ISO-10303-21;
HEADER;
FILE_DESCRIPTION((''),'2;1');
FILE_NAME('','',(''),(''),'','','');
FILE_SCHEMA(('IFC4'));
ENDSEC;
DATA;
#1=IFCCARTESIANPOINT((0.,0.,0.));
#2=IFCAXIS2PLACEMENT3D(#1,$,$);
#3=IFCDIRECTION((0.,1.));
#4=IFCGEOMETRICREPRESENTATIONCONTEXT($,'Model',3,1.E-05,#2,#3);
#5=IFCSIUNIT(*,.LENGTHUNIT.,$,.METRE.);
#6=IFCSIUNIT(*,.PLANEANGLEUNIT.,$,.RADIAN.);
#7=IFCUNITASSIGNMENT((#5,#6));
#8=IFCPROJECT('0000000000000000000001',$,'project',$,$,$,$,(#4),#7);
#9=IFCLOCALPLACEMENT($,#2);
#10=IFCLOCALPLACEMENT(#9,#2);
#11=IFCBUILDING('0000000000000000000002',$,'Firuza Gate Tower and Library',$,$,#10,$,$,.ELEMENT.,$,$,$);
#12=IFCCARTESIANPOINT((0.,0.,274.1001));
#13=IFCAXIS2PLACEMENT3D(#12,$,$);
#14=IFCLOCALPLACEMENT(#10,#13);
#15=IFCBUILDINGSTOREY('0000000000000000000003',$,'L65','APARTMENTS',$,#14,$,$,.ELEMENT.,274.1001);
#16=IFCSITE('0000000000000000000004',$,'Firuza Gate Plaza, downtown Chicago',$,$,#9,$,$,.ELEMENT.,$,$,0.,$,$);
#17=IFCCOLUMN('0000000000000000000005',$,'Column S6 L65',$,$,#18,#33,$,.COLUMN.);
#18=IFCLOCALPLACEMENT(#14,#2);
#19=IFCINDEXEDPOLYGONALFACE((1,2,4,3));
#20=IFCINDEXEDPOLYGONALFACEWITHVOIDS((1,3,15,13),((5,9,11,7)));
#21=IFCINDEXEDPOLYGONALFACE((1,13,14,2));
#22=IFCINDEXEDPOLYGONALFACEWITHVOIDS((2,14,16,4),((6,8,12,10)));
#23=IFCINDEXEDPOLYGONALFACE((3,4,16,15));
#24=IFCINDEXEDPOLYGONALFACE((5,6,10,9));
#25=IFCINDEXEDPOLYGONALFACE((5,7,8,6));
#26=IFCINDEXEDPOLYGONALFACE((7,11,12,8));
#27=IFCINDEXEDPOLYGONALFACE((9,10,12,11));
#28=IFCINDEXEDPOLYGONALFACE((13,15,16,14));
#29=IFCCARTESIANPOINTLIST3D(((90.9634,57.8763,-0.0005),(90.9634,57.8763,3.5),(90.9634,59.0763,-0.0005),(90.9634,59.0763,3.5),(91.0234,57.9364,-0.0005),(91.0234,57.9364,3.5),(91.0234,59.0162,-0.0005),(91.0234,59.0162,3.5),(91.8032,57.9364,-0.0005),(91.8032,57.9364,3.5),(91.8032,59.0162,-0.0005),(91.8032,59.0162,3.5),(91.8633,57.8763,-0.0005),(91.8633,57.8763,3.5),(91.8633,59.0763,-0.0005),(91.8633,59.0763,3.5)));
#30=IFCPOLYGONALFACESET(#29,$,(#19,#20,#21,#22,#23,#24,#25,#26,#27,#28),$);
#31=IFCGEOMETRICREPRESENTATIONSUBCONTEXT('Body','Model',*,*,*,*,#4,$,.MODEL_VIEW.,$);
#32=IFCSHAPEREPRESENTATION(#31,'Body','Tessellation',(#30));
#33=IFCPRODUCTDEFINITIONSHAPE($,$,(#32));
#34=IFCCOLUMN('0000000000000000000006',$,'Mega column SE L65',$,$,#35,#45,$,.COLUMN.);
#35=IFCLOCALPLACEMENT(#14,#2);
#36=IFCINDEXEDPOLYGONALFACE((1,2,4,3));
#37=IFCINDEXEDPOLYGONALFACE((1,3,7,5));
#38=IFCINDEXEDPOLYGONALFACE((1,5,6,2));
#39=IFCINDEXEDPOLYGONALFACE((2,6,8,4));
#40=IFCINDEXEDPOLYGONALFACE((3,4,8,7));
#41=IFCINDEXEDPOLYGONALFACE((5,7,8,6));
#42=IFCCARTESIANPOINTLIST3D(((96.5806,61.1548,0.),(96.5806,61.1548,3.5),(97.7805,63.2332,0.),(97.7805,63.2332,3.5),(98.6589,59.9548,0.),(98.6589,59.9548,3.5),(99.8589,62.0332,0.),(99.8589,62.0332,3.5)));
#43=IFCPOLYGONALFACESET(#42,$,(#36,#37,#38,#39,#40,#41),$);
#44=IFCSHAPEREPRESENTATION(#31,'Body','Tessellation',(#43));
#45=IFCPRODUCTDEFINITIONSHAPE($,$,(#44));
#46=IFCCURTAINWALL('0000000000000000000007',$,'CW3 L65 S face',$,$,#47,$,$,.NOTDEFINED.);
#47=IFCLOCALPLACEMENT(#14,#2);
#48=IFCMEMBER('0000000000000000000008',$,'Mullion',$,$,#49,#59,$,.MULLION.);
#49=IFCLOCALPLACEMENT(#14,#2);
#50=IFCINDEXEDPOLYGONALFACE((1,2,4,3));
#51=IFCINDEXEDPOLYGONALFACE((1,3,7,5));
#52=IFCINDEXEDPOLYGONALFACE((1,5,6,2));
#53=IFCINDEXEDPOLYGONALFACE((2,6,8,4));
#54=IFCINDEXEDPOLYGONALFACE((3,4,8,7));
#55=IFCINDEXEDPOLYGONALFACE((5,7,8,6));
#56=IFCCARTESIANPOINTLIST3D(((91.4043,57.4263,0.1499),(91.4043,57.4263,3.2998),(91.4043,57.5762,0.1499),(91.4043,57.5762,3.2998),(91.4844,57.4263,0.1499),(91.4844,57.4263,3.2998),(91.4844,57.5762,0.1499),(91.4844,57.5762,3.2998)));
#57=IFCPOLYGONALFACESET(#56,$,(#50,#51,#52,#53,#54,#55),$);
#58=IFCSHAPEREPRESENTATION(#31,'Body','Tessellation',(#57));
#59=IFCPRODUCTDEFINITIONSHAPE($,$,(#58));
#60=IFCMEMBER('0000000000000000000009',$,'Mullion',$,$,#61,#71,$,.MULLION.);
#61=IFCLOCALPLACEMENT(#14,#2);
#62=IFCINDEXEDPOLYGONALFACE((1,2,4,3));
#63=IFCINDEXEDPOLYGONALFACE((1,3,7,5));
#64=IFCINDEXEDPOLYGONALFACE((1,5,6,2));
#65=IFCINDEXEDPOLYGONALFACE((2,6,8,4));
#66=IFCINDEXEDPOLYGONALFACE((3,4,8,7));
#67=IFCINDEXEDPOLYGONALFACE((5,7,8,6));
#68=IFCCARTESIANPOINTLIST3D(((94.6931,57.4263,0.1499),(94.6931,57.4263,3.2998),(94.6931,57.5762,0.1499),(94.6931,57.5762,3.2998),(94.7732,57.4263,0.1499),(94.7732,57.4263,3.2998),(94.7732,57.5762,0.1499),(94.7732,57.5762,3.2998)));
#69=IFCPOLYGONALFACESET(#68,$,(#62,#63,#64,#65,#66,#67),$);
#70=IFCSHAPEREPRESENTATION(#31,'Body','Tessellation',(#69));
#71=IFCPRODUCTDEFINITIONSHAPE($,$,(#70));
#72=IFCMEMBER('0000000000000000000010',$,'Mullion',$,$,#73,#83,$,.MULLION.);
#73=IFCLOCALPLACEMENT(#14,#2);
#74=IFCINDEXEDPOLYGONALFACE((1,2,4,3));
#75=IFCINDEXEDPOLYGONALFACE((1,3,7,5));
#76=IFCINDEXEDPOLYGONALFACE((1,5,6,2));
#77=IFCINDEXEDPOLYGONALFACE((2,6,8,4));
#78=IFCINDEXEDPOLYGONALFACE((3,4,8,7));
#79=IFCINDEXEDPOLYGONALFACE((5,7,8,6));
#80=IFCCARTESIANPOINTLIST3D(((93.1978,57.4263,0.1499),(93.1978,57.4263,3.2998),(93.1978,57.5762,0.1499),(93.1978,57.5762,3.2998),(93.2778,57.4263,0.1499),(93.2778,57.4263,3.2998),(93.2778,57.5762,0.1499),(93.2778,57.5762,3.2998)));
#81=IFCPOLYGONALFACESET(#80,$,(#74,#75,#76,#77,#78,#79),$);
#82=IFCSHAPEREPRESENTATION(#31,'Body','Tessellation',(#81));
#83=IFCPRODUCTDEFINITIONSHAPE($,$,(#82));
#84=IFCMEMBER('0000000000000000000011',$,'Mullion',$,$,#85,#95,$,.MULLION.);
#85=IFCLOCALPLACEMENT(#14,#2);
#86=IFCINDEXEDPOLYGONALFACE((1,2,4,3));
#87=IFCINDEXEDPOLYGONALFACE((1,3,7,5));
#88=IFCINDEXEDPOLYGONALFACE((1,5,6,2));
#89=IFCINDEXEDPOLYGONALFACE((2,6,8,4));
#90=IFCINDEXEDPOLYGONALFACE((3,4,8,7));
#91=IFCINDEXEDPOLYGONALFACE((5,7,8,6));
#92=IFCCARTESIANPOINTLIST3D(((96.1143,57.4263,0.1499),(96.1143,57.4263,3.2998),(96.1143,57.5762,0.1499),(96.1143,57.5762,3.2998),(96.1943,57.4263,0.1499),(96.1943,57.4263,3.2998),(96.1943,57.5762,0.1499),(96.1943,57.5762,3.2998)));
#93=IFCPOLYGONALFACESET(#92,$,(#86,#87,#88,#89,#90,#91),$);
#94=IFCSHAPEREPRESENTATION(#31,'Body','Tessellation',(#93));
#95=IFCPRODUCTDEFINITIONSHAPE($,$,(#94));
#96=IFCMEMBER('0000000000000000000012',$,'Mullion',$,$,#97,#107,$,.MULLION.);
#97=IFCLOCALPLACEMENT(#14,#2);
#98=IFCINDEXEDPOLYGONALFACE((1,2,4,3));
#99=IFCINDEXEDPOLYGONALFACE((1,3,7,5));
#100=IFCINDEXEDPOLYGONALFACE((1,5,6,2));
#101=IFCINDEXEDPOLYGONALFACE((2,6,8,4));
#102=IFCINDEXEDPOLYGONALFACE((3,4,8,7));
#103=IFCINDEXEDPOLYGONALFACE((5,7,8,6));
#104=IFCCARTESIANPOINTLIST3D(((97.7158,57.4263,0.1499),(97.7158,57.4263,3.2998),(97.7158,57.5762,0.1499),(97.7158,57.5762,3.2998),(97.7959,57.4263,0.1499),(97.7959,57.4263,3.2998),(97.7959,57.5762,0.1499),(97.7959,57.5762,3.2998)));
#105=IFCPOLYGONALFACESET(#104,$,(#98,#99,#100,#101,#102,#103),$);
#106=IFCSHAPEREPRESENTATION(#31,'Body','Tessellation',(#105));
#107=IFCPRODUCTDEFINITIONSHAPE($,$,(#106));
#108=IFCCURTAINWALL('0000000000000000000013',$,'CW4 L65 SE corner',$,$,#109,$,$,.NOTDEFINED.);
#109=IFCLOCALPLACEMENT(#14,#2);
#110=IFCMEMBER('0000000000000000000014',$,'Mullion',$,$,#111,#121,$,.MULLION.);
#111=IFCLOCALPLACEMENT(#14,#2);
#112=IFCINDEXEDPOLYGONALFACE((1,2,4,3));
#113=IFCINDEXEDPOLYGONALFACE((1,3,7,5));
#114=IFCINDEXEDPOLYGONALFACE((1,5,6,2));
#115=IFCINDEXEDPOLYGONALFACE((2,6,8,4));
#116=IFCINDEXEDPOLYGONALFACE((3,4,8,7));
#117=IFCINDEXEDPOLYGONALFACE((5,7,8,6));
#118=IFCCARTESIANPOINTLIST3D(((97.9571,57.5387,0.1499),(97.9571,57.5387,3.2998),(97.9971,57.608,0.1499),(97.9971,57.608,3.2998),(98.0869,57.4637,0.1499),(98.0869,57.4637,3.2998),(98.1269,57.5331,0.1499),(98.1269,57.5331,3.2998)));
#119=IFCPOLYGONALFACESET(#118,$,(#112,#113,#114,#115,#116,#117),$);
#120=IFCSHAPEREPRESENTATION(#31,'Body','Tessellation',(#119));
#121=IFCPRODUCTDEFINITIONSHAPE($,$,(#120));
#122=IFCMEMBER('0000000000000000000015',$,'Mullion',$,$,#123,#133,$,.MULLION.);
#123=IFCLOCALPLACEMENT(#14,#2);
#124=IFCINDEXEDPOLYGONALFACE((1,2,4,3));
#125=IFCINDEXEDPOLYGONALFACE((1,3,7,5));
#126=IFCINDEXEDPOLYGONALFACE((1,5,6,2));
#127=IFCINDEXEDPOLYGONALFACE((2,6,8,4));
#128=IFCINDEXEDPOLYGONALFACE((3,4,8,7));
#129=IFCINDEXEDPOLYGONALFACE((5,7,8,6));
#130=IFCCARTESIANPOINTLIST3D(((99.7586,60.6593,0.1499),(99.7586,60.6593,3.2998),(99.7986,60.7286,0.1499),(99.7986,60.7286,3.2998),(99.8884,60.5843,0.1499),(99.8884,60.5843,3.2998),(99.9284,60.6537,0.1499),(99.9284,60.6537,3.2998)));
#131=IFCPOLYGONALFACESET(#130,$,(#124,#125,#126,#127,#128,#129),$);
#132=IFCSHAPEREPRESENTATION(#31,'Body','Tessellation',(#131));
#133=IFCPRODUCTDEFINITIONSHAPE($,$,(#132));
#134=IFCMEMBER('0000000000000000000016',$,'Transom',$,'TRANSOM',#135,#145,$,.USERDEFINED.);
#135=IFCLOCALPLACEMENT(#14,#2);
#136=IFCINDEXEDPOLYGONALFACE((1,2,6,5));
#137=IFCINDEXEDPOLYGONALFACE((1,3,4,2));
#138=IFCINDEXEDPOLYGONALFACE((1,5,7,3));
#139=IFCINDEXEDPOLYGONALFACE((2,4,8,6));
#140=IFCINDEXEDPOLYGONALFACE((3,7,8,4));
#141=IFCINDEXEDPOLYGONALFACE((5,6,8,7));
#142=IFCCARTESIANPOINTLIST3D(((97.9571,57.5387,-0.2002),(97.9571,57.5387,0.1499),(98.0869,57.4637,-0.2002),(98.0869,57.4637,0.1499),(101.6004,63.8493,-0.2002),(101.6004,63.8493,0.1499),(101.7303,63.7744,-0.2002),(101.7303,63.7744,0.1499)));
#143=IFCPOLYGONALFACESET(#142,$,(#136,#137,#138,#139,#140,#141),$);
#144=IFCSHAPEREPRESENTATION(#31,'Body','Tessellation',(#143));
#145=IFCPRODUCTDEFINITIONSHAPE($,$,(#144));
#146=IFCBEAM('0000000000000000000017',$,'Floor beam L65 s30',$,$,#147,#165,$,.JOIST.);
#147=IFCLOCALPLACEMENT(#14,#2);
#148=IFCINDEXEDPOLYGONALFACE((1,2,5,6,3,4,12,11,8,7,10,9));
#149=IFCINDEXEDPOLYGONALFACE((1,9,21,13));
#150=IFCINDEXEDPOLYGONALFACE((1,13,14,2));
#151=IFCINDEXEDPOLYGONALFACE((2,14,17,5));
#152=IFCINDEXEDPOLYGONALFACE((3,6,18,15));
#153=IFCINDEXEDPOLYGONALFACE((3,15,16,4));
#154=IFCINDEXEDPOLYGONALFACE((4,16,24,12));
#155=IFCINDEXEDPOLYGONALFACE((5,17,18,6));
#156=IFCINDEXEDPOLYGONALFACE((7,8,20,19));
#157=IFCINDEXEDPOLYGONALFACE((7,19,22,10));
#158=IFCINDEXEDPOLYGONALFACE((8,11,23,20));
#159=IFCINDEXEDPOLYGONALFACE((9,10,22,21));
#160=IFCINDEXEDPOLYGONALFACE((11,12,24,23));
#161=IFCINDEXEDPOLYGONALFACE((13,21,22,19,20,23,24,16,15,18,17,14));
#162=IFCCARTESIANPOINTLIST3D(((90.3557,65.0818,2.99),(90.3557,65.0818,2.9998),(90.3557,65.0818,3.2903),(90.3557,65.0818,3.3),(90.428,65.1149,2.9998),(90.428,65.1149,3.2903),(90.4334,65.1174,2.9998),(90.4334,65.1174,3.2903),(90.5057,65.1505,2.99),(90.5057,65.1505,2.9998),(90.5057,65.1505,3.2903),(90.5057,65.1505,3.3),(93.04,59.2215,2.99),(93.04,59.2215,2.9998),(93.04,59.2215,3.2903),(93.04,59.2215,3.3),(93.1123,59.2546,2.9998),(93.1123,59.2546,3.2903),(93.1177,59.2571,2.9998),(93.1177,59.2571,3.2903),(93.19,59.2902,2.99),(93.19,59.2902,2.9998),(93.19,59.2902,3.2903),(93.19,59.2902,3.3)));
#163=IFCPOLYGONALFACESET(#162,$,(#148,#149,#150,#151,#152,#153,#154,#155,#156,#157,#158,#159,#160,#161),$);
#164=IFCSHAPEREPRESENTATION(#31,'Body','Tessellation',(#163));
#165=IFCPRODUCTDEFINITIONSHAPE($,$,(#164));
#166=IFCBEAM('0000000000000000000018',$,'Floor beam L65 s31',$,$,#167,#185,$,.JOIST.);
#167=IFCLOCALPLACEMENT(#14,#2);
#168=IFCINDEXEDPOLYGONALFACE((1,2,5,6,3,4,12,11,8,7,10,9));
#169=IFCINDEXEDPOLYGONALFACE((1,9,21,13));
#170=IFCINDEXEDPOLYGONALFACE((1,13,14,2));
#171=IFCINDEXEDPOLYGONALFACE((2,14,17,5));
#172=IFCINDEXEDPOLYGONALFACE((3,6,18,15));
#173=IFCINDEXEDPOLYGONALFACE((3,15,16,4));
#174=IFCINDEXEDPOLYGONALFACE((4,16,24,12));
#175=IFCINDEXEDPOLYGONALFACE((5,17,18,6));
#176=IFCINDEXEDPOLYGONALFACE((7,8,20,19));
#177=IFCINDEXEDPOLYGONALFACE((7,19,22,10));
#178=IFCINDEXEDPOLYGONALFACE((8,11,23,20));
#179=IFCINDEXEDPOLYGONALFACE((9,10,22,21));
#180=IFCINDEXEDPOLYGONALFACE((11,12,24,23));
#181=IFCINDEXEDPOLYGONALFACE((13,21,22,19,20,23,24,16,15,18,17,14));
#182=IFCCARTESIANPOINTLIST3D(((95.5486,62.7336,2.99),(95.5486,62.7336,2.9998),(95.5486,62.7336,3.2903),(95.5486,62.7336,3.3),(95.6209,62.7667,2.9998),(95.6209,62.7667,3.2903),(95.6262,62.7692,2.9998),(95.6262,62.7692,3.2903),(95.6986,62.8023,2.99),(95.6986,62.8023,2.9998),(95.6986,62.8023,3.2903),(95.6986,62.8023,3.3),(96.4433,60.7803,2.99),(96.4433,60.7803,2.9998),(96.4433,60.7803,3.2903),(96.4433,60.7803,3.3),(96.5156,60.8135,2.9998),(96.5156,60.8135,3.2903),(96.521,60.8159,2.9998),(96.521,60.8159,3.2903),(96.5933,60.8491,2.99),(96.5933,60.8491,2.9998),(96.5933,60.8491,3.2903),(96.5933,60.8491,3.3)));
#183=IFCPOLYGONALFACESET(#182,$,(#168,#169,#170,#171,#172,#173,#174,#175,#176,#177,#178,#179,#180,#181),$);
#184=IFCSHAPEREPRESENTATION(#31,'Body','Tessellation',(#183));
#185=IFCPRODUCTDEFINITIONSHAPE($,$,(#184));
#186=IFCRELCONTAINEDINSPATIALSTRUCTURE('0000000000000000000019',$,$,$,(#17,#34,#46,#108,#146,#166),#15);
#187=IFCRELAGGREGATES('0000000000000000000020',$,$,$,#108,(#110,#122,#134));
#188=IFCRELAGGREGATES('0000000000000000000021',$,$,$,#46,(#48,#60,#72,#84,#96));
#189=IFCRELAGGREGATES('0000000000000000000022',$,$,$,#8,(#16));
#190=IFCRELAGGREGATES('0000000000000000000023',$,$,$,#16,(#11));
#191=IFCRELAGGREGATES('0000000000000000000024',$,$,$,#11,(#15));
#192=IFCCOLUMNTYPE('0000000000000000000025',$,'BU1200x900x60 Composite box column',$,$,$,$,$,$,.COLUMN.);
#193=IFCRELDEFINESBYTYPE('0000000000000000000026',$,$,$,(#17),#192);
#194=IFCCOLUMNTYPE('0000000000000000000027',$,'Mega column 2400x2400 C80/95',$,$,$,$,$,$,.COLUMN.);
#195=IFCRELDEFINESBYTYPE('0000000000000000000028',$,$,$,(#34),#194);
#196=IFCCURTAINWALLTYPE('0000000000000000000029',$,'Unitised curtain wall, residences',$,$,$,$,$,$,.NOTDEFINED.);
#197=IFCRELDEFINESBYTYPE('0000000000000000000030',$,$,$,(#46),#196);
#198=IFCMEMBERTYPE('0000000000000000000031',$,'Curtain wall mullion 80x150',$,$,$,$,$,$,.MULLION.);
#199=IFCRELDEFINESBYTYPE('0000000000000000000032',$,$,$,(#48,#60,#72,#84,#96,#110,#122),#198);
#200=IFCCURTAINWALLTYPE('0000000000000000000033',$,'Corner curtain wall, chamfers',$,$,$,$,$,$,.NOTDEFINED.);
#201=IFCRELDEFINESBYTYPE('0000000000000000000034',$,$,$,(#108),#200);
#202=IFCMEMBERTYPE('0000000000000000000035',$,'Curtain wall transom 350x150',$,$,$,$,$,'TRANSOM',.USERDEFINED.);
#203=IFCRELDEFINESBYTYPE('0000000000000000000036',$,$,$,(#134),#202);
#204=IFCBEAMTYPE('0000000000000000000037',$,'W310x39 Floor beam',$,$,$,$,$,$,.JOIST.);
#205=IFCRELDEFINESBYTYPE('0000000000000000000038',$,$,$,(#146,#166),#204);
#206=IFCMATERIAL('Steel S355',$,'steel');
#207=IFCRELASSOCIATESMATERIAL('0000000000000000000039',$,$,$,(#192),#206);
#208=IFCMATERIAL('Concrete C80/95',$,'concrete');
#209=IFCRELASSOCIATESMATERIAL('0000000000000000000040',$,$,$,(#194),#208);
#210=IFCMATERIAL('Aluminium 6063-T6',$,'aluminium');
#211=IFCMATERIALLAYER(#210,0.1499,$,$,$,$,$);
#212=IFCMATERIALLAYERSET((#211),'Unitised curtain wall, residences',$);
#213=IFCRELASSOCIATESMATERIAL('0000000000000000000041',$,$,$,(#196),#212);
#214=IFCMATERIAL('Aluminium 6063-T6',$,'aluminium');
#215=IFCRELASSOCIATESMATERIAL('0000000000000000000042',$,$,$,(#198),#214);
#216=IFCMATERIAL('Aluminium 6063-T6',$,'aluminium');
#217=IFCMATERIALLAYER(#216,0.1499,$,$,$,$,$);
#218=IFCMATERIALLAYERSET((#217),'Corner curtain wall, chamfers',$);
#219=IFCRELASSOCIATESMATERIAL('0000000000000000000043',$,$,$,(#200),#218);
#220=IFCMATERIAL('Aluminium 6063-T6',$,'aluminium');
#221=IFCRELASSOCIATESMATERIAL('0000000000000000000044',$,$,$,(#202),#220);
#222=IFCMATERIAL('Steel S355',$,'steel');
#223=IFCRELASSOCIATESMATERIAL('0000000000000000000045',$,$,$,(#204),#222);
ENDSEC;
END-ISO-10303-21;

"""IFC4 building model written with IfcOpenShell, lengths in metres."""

from ifc_helpers import new_model, si_unit, direction, frame, origin, origin_2d, place, context, subcontext, project, spatial, rectangle, hollow_rectangle, i_section, extrude, material, layer, layer_set, material_profile, profile_set, type_object, element, aggregate, save


model = new_model("IFC4")

# Units and contexts
model_context = context("Model", 3, precision=1e-05, world=origin(), true_north=direction((0.0, 1.0)))
body_context = subcontext(model_context, "Body", "Model", "MODEL_VIEW")
ifc_project = project(units=[si_unit("LENGTHUNIT", "METRE"), si_unit("PLANEANGLEUNIT", "RADIAN")], contexts=[model_context])

# Site, building, storey
site_placement = place(None, origin())
site = spatial("IfcSite", under=ifc_project, at=site_placement, Name="Firuza Gate Plaza, downtown Chicago", CompositionType="ELEMENT", RefElevation=0.0)
building_placement = place(site_placement, origin())
building = spatial("IfcBuilding", under=site, at=building_placement, Name="Firuza Gate Tower and Library", CompositionType="ELEMENT")
storey_placement = place(building_placement, frame((0.0, 0.0, 274.1001)))
storey = spatial("IfcBuildingStorey", under=building, at=storey_placement, Name="L65", Description="APARTMENTS", CompositionType="ELEMENT", Elevation=274.1001)

# Columns
ifc_material_1 = material(Name="Steel S355", Category="steel")
ifc_material_profile_1 = material_profile(ifc_material_1, hollow_rectangle(XDim=0.8999, YDim=1.2, WallThickness=0.0601, at=origin_2d()))
ifc_profile_set_1 = profile_set([ifc_material_profile_1], Name="Steel S355")
column_type_1 = type_object("IfcColumnType", Name="BU1200x900x60 Composite box column", PredefinedType="COLUMN", material=ifc_profile_set_1)
column_1_placement = place(storey_placement, frame((91.4133, 58.4763, -0.0005), z_axis=(0.0, 0.0, 1.0), x_axis=(1.0, 0.0, 0.0)))
element("IfcColumn", 1, at=column_1_placement, inside=storey, type_object=column_type_1, Name="Column S6 L65", PredefinedType="COLUMN", context=body_context, shape_type="SweptSolid", body=[
    extrude(hollow_rectangle(XDim=0.8999, YDim=1.2, WallThickness=0.0601, at=origin_2d()), origin(), (0.0, 0.0, 1.0), 3.5005),
])
ifc_material_2 = material(Name="Concrete C80/95", Category="concrete")
ifc_material_profile_2 = material_profile(ifc_material_2, rectangle(XDim=2.3999, YDim=2.3999, at=origin_2d()))
ifc_profile_set_2 = profile_set([ifc_material_profile_2], Name="Concrete C80/95")
column_type_2 = type_object("IfcColumnType", Name="Mega column 2400x2400 C80/95", PredefinedType="COLUMN", material=ifc_profile_set_2)
column_2_placement = place(storey_placement, frame((98.2197, 61.594, 0.0), z_axis=(0.0, 0.0, 1.0), x_axis=(0.5, 0.866025, 0.0)))
element("IfcColumn", 2, at=column_2_placement, inside=storey, type_object=column_type_2, Name="Mega column SE L65", PredefinedType="COLUMN", context=body_context, shape_type="SweptSolid", body=[
    extrude(rectangle(XDim=2.3999, YDim=2.3999, at=origin_2d()), origin(), (0.0, 0.0, 1.0), 3.5),
])

# Curtain walls, members
ifc_material_3 = material(Name="Aluminium 6063-T6", Category="aluminium")
ifc_layer_1 = layer(ifc_material_3, 0.1499)
ifc_layer_set_1 = layer_set([ifc_layer_1], Name="Unitised curtain wall, residences")
curtain_wall_type_1 = type_object("IfcCurtainWallType", Name="Unitised curtain wall, residences", PredefinedType="NOTDEFINED", material=ifc_layer_set_1)
placement = place(storey_placement, origin())
curtain_wall_1 = element("IfcCurtainWall", 3, at=placement, inside=storey, type_object=curtain_wall_type_1, Name="CW3 L65 S face", PredefinedType="NOTDEFINED")
ifc_material_4 = material(Name="Aluminium 6063-T6", Category="aluminium")
ifc_material_profile_3 = material_profile(ifc_material_4, rectangle(XDim=0.1499, YDim=0.0801, at=origin_2d()))
ifc_profile_set_3 = profile_set([ifc_material_profile_3], Name="Aluminium 6063-T6")
member_type_1 = type_object("IfcMemberType", Name="Curtain wall mullion 80x150", PredefinedType="MULLION", material=ifc_profile_set_3)
member_1_placement = place(storey_placement, frame((91.4443, 57.5012, 0.1499), z_axis=(0.0, 0.0, 1.0), x_axis=(0.0, 1.0, 0.0)))
member_1 = element("IfcMember", 4, at=member_1_placement, type_object=member_type_1, Name="Mullion", PredefinedType="MULLION", context=body_context, shape_type="SweptSolid", body=[
    extrude(rectangle(XDim=0.1499, YDim=0.0801, at=origin_2d()), origin(), (0.0, 0.0, 1.0), 3.1499),
])
member_2_placement = place(storey_placement, frame((94.7332, 57.5012, 0.1499), z_axis=(0.0, 0.0, 1.0), x_axis=(0.0, 1.0, 0.0)))
member_2 = element("IfcMember", 5, at=member_2_placement, type_object=member_type_1, Name="Mullion", PredefinedType="MULLION", context=body_context, shape_type="SweptSolid", body=[
    extrude(rectangle(XDim=0.1499, YDim=0.0801, at=origin_2d()), origin(), (0.0, 0.0, 1.0), 3.1499),
])
member_3_placement = place(storey_placement, frame((93.2378, 57.5012, 0.1499), z_axis=(0.0, 0.0, 1.0), x_axis=(0.0, 1.0, 0.0)))
member_3 = element("IfcMember", 6, at=member_3_placement, type_object=member_type_1, Name="Mullion", PredefinedType="MULLION", context=body_context, shape_type="SweptSolid", body=[
    extrude(rectangle(XDim=0.1499, YDim=0.0801, at=origin_2d()), origin(), (0.0, 0.0, 1.0), 3.1499),
])
member_4_placement = place(storey_placement, frame((96.1543, 57.5012, 0.1499), z_axis=(0.0, 0.0, 1.0), x_axis=(0.0, 1.0, 0.0)))
member_4 = element("IfcMember", 7, at=member_4_placement, type_object=member_type_1, Name="Mullion", PredefinedType="MULLION", context=body_context, shape_type="SweptSolid", body=[
    extrude(rectangle(XDim=0.1499, YDim=0.0801, at=origin_2d()), origin(), (0.0, 0.0, 1.0), 3.1499),
])
member_5_placement = place(storey_placement, frame((97.7559, 57.5012, 0.1499), z_axis=(0.0, 0.0, 1.0), x_axis=(0.0, 1.0, 0.0)))
member_5 = element("IfcMember", 8, at=member_5_placement, type_object=member_type_1, Name="Mullion", PredefinedType="MULLION", context=body_context, shape_type="SweptSolid", body=[
    extrude(rectangle(XDim=0.1499, YDim=0.0801, at=origin_2d()), origin(), (0.0, 0.0, 1.0), 3.1499),
])
ifc_material_5 = material(Name="Aluminium 6063-T6", Category="aluminium")
ifc_layer_2 = layer(ifc_material_5, 0.1499)
ifc_layer_set_2 = layer_set([ifc_layer_2], Name="Corner curtain wall, chamfers")
curtain_wall_type_2 = type_object("IfcCurtainWallType", Name="Corner curtain wall, chamfers", PredefinedType="NOTDEFINED", material=ifc_layer_set_2)
curtain_wall_2 = element("IfcCurtainWall", 9, at=placement, inside=storey, type_object=curtain_wall_type_2, Name="CW4 L65 SE corner", PredefinedType="NOTDEFINED")
member_6_placement = place(storey_placement, frame((98.042, 57.5359, 0.1499), z_axis=(0.0, 0.0, 1.0), x_axis=(-0.866025, 0.5, 0.0)))
member_6 = element("IfcMember", 10, at=member_6_placement, type_object=member_type_1, Name="Mullion", PredefinedType="MULLION", context=body_context, shape_type="SweptSolid", body=[
    extrude(rectangle(XDim=0.1499, YDim=0.0801, at=origin_2d()), origin(), (0.0, 0.0, 1.0), 3.1499),
])
member_7_placement = place(storey_placement, frame((99.8435, 60.6565, 0.1499), z_axis=(0.0, 0.0, 1.0), x_axis=(-0.866025, 0.5, 0.0)))
member_7 = element("IfcMember", 11, at=member_7_placement, type_object=member_type_1, Name="Mullion", PredefinedType="MULLION", context=body_context, shape_type="SweptSolid", body=[
    extrude(rectangle(XDim=0.1499, YDim=0.0801, at=origin_2d()), origin(), (0.0, 0.0, 1.0), 3.1499),
])
ifc_material_6 = material(Name="Aluminium 6063-T6", Category="aluminium")
ifc_material_profile_4 = material_profile(ifc_material_6, rectangle(XDim=0.1499, YDim=0.3501, at=origin_2d()))
ifc_profile_set_4 = profile_set([ifc_material_profile_4], Name="Aluminium 6063-T6")
member_type_2 = type_object("IfcMemberType", Name="Curtain wall transom 350x150", ElementType="TRANSOM", PredefinedType="USERDEFINED", material=ifc_profile_set_4)
member_8_placement = place(storey_placement, frame((98.022, 57.5012, -0.0251), z_axis=(0.499991, 0.86603, 0.0), x_axis=(-0.86603, 0.499991, 0.0)))
member_8 = element("IfcMember", 12, at=member_8_placement, type_object=member_type_2, Name="Transom", ObjectType="TRANSOM", PredefinedType="USERDEFINED", context=body_context, shape_type="SweptSolid", body=[
    extrude(rectangle(XDim=0.1499, YDim=0.3501, at=origin_2d()), origin(), (0.0, 0.0, 1.0), 7.2869),
])

# Beams
ifc_material_7 = material(Name="Steel S355", Category="steel")
ifc_material_profile_5 = material_profile(ifc_material_7, i_section(OverallWidth=0.165, OverallDepth=0.3101, WebThickness=0.0059, FlangeThickness=0.0098, at=origin_2d()))
ifc_profile_set_5 = profile_set([ifc_material_profile_5], Name="Steel S355")
beam_type_1 = type_object("IfcBeamType", Name="W310x39 Floor beam", PredefinedType="JOIST", material=ifc_profile_set_5)
beam_1_placement = place(storey_placement, frame((93.115, 59.2559, 3.145), z_axis=(-0.416441, 0.909163, 0.0), x_axis=(-0.909163, -0.416441, 0.0)))
element("IfcBeam", 13, at=beam_1_placement, inside=storey, type_object=beam_type_1, Name="Floor beam L65 s30", PredefinedType="JOIST", context=body_context, shape_type="SweptSolid", body=[
    extrude(i_section(OverallWidth=0.165, OverallDepth=0.3101, WebThickness=0.0059, FlangeThickness=0.0098, at=origin_2d()), origin(), (0.0, 0.0, 1.0), 6.4458),
])
beam_2_placement = place(storey_placement, frame((96.5183, 60.8147, 3.145), z_axis=(-0.416455, 0.909156, 0.0), x_axis=(-0.909156, -0.416455, 0.0)))
element("IfcBeam", 14, at=beam_2_placement, inside=storey, type_object=beam_type_1, Name="Floor beam L65 s31", PredefinedType="JOIST", context=body_context, shape_type="SweptSolid", body=[
    extrude(i_section(OverallWidth=0.165, OverallDepth=0.3101, WebThickness=0.0059, FlangeThickness=0.0098, at=origin_2d()), origin(), (0.0, 0.0, 1.0), 2.1484),
])

aggregate(curtain_wall_2, [member_6, member_7, member_8])
aggregate(curtain_wall_1, [member_1, member_2, member_3, member_4, member_5])

save(model, "model.ifc")
